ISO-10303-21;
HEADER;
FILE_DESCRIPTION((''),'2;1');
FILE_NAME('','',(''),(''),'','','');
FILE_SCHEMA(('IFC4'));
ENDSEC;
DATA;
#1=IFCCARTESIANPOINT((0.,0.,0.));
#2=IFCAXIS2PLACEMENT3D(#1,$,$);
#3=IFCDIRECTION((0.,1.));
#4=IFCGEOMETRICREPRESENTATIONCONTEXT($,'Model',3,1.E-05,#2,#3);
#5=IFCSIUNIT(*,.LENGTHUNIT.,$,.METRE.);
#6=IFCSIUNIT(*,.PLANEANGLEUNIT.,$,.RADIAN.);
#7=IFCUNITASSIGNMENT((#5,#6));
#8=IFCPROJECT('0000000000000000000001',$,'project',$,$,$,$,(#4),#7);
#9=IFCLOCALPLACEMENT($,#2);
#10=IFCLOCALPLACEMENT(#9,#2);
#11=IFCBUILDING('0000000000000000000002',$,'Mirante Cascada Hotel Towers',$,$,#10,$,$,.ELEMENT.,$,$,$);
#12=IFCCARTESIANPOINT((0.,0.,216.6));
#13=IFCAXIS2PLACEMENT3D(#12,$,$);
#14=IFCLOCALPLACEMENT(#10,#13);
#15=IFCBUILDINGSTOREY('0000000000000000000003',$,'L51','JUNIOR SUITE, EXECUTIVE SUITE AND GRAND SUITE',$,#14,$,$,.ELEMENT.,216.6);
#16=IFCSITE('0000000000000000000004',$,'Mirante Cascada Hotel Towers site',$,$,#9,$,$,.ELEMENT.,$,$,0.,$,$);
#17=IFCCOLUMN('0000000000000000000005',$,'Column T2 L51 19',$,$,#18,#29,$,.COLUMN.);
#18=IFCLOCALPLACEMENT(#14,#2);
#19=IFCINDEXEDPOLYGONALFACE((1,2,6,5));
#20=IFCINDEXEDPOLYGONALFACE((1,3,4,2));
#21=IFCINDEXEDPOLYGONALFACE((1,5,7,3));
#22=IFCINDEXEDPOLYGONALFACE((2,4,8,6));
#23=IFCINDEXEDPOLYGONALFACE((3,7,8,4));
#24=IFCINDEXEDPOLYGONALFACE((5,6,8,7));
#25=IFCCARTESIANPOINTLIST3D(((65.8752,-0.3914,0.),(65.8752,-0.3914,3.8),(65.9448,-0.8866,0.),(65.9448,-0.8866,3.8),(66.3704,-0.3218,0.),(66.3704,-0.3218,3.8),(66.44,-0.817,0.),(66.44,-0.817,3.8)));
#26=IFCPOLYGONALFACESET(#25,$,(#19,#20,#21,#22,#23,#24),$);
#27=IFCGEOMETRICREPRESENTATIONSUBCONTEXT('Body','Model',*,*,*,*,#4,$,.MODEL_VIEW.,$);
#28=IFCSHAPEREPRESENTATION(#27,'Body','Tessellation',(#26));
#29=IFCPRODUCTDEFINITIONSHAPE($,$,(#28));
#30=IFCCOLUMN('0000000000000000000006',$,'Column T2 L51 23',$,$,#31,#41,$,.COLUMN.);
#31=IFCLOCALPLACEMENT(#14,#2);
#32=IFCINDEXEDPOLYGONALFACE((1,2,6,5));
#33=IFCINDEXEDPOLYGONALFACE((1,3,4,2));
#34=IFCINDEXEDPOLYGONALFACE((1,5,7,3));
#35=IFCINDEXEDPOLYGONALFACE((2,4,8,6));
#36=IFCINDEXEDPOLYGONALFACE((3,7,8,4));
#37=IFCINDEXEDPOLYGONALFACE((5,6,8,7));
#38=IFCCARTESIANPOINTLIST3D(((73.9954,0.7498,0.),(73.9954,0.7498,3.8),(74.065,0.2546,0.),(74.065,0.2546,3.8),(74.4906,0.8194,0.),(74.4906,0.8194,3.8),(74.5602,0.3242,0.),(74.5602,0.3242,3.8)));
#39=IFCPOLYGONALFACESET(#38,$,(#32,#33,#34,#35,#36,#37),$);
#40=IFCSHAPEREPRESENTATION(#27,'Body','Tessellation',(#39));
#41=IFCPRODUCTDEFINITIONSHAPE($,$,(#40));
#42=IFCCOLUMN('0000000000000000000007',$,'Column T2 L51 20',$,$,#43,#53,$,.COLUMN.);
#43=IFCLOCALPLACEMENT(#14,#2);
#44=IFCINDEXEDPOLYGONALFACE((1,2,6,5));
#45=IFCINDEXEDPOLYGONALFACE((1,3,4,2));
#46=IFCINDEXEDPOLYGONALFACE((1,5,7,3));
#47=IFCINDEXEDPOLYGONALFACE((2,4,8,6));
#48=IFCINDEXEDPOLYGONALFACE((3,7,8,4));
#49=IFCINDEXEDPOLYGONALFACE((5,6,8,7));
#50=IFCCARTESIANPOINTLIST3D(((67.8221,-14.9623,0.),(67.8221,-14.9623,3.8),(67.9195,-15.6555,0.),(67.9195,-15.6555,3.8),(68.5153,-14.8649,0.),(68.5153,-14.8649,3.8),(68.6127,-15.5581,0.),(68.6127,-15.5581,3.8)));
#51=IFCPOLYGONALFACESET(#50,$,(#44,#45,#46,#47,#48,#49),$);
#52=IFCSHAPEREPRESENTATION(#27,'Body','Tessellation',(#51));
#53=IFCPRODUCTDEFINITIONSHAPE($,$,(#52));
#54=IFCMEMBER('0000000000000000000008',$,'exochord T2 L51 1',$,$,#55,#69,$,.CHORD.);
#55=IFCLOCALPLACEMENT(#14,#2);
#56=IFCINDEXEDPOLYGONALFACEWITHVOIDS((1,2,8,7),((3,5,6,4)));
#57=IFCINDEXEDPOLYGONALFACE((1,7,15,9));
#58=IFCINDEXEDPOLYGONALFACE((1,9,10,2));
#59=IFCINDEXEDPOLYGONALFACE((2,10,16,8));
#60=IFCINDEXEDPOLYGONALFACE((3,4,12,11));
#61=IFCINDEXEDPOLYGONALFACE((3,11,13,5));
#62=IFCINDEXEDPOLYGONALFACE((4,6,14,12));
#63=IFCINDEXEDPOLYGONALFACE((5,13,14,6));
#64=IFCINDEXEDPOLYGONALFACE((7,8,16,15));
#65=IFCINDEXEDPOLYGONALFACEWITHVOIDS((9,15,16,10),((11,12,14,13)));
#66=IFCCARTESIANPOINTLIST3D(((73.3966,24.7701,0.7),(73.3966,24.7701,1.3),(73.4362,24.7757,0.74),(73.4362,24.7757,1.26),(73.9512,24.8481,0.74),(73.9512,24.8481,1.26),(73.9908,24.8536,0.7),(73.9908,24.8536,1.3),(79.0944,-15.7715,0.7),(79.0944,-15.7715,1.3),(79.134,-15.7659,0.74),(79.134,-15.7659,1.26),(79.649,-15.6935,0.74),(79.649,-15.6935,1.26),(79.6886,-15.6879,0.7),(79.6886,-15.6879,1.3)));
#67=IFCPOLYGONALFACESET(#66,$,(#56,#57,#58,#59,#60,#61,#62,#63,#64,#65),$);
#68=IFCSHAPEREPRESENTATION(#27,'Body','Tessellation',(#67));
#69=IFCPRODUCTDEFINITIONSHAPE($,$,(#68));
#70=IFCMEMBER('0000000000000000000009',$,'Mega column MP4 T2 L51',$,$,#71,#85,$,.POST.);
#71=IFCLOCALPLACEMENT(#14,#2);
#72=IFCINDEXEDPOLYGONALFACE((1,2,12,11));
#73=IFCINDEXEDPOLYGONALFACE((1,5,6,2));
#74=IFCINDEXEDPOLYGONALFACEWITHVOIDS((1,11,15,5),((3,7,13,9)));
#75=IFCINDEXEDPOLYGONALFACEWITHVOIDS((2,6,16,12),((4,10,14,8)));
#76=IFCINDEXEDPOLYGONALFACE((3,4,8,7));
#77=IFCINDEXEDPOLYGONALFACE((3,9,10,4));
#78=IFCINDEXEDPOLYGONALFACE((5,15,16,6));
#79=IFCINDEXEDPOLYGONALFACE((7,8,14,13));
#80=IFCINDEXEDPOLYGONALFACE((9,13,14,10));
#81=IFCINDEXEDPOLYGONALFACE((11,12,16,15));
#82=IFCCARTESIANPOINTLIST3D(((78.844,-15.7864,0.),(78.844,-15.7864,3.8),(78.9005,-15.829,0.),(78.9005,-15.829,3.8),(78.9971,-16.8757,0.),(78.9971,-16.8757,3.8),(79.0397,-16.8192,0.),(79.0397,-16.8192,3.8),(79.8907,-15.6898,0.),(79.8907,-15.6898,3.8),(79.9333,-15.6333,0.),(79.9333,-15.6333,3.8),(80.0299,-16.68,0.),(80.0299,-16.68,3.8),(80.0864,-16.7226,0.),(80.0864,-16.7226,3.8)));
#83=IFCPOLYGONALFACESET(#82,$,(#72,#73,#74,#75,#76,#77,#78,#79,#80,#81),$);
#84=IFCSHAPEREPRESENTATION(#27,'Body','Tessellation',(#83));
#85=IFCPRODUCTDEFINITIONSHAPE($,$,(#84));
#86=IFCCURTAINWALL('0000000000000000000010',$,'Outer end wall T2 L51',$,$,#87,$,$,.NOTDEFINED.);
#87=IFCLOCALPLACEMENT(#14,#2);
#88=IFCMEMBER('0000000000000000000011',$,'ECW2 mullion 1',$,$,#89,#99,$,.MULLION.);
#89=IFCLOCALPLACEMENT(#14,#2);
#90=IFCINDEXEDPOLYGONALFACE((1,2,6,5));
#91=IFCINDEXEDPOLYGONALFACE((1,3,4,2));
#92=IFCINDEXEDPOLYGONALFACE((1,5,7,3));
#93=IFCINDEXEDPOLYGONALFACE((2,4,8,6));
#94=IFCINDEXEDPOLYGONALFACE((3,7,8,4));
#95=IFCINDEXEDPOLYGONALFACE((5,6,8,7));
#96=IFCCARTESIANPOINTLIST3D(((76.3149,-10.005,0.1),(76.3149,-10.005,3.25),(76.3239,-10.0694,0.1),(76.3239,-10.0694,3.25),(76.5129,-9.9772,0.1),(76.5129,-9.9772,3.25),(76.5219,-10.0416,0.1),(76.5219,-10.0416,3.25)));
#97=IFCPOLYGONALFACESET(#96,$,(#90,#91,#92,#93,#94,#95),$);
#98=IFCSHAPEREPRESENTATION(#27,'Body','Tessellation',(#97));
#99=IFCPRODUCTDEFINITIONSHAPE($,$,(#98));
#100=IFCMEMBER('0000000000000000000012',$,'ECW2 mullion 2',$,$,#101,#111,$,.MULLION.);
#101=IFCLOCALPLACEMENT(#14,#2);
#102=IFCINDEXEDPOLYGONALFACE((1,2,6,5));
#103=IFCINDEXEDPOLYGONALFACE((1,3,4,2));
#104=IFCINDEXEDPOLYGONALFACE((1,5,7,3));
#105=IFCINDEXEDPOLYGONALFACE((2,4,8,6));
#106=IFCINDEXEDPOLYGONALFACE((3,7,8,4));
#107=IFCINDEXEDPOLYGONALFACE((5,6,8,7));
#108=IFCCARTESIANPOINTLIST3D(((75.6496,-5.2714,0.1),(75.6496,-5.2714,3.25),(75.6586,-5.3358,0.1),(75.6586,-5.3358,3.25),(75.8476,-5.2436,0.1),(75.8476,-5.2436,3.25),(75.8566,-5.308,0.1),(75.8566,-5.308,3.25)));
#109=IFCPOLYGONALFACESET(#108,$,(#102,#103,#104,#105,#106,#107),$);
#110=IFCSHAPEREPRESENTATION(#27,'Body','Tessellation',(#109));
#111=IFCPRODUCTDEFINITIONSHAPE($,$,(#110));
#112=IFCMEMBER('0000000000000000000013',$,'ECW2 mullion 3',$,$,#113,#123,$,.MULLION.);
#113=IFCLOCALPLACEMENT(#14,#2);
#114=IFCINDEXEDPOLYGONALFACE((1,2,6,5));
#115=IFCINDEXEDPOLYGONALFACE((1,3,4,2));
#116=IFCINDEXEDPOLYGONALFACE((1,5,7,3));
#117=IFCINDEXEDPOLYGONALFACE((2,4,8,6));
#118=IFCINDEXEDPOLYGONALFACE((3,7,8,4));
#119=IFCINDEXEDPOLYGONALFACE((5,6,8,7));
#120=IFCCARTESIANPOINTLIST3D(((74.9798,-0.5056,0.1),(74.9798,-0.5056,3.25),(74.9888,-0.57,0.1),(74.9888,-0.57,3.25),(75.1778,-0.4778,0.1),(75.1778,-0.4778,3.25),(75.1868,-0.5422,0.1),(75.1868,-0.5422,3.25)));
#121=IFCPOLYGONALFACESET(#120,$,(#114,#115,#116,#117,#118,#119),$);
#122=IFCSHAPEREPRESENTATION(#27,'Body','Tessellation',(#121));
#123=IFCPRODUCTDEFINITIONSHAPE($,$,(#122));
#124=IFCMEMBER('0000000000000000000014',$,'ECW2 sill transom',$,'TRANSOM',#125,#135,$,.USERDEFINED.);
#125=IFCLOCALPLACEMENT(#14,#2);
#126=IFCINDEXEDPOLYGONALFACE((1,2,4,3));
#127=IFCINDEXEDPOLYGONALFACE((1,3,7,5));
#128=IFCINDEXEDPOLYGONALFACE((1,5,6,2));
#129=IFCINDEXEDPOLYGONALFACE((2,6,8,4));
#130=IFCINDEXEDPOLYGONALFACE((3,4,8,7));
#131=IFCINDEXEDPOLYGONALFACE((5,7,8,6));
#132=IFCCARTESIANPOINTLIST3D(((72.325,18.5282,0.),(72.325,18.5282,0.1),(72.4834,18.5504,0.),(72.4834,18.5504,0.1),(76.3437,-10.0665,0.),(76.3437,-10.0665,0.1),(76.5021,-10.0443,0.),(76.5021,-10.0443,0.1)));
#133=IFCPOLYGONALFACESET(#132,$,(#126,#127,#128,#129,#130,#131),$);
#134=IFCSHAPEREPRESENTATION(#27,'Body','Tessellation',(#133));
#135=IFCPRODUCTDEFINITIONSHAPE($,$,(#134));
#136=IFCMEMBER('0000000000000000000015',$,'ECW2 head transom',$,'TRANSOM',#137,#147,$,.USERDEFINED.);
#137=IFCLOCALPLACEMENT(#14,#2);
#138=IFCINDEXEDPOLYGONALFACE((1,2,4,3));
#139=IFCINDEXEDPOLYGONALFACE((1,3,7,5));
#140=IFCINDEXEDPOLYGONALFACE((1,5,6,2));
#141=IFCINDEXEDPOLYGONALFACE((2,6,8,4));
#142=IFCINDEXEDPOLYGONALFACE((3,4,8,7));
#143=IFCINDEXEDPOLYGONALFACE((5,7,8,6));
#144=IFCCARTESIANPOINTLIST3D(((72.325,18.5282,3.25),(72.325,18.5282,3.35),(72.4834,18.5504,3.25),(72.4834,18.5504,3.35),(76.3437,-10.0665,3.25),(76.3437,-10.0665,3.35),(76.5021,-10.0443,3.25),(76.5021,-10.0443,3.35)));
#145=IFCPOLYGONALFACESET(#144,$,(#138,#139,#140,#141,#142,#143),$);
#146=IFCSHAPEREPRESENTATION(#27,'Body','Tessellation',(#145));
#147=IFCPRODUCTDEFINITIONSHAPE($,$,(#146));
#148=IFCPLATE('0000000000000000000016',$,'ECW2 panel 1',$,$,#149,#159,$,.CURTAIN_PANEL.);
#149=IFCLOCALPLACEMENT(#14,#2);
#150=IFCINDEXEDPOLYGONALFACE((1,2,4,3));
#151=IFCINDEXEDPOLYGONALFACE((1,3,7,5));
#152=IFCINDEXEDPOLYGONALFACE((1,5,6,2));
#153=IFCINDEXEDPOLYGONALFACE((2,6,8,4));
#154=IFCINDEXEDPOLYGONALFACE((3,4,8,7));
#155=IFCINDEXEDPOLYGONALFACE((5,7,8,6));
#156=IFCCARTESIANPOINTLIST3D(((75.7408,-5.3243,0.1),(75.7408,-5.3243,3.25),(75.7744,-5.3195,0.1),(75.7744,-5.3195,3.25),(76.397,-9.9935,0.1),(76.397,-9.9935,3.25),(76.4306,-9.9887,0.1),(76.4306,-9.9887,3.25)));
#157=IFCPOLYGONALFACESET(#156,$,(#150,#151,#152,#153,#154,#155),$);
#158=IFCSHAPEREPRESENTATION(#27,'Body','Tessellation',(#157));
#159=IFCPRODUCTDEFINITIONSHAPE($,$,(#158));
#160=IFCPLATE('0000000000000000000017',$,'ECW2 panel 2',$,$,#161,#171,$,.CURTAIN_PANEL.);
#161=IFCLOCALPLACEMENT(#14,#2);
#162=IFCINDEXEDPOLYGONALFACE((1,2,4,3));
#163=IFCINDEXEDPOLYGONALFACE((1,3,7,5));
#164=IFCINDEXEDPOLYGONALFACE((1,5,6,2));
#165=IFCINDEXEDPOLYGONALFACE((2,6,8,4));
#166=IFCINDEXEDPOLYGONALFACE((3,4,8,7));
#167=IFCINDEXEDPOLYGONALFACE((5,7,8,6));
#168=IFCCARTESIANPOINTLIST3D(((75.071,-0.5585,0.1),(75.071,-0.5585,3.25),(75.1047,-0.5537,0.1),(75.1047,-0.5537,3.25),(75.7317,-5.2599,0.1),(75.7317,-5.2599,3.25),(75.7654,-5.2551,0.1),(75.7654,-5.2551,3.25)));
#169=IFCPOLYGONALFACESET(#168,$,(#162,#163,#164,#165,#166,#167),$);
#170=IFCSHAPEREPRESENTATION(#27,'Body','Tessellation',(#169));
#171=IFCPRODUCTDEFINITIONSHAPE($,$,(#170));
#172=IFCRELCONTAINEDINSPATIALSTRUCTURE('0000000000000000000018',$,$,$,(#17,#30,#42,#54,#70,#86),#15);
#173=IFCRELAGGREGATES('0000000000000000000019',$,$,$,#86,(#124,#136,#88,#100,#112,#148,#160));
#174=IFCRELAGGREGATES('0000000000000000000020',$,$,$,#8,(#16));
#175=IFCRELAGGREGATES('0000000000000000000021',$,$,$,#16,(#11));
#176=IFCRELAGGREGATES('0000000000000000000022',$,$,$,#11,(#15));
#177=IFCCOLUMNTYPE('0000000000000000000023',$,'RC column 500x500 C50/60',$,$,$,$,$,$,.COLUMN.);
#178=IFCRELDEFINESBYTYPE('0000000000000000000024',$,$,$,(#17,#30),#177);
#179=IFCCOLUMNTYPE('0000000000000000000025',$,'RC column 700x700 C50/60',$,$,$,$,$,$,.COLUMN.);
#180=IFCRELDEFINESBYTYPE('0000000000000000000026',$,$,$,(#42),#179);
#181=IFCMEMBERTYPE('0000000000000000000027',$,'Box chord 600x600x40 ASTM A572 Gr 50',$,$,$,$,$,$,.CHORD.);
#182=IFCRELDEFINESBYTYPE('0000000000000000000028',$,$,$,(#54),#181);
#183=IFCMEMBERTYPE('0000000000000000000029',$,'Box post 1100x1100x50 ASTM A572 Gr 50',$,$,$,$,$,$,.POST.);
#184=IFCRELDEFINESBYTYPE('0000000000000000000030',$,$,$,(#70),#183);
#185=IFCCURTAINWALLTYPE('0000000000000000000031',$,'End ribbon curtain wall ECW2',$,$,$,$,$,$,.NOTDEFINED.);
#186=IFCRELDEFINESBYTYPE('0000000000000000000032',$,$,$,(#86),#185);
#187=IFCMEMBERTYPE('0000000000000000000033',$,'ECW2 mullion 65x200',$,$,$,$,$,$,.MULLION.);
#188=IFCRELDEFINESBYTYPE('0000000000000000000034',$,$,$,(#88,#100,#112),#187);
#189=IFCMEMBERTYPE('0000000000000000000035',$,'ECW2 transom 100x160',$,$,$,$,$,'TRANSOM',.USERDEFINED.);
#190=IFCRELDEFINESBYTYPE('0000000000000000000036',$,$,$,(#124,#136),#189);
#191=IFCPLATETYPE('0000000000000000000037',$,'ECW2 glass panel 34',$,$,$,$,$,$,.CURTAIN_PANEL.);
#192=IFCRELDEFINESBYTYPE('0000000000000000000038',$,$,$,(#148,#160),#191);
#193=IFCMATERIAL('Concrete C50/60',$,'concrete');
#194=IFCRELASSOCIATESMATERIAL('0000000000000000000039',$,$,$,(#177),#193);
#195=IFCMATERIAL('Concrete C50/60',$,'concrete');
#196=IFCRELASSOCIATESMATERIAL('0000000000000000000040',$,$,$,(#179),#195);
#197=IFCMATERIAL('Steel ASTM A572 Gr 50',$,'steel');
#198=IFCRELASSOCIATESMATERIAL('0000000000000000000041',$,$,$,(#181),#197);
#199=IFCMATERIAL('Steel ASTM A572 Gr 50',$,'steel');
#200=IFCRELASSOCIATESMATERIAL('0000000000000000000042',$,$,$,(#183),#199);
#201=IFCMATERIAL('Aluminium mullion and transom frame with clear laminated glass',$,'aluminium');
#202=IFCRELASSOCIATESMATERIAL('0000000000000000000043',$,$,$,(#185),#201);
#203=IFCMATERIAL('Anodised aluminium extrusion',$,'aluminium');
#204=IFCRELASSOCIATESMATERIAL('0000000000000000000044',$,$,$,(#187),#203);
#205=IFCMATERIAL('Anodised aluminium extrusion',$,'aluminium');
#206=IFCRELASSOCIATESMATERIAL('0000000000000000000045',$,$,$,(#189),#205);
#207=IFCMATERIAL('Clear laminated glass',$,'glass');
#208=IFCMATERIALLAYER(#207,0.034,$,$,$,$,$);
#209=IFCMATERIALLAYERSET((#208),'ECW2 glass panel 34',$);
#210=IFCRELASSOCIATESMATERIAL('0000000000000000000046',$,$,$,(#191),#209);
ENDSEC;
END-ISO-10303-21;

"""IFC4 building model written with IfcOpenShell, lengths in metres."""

from ifc_helpers import new_model, si_unit, direction, frame, origin, origin_2d, place, context, subcontext, project, spatial, rectangle, hollow_rectangle, extrude, material, layer, layer_set, material_profile, profile_set, type_object, element, aggregate, save


model = new_model("IFC4")

# Units and contexts
model_context = context("Model", 3, precision=1e-05, world=origin(), true_north=direction((0.0, 1.0)))
body_context = subcontext(model_context, "Body", "Model", "MODEL_VIEW")
ifc_project = project(units=[si_unit("LENGTHUNIT", "METRE"), si_unit("PLANEANGLEUNIT", "RADIAN")], contexts=[model_context])

# Site, building, storey
site_placement = place(None, origin())
site = spatial("IfcSite", under=ifc_project, at=site_placement, Name="Mirante Cascada Hotel Towers site", CompositionType="ELEMENT", RefElevation=0.0)
building_placement = place(site_placement, origin())
building = spatial("IfcBuilding", under=site, at=building_placement, Name="Mirante Cascada Hotel Towers", CompositionType="ELEMENT")
storey_placement = place(building_placement, frame((0.0, 0.0, 216.6)))
storey = spatial("IfcBuildingStorey", under=building, at=storey_placement, Name="L51", Description="JUNIOR SUITE, EXECUTIVE SUITE AND GRAND SUITE", CompositionType="ELEMENT", Elevation=216.6)

# Columns
ifc_material_1 = material(Name="Concrete C50/60", Category="concrete")
ifc_material_profile_1 = material_profile(ifc_material_1, rectangle(XDim=0.5, YDim=0.5, at=origin_2d()), Name="RC column 500x500 C50/60")
ifc_profile_set_1 = profile_set([ifc_material_profile_1], Name="Concrete C50/60")
column_type_1 = type_object("IfcColumnType", Name="RC column 500x500 C50/60", PredefinedType="COLUMN", material=ifc_profile_set_1)
for number, where, z_axis, x_axis, name in (
    (1, (66.1576, -0.6042, 0.0), (0.0, 0.0, 1.0), (0.990268, 0.139173, 0.0), "Column T2 L51 19"),
    (2, (74.2778, 0.537, 0.0), (0.0, 0.0, 1.0), (0.990268, 0.139173, 0.0), "Column T2 L51 23"),
):
    element("IfcColumn", number, at=place(storey_placement, frame(where, z_axis=z_axis, x_axis=x_axis)), inside=storey, type_object=column_type_1, Name=name, PredefinedType="COLUMN", context=body_context, shape_type="SweptSolid", body=[
        extrude(rectangle(XDim=0.5, YDim=0.5, at=origin_2d()), origin(), (0.0, 0.0, 1.0), 3.8),
    ])
ifc_material_2 = material(Name="Concrete C50/60", Category="concrete")
ifc_material_profile_2 = material_profile(ifc_material_2, rectangle(XDim=0.7, YDim=0.7, at=origin_2d()), Name="RC column 700x700 C50/60")
ifc_profile_set_2 = profile_set([ifc_material_profile_2], Name="Concrete C50/60")
column_type_2 = type_object("IfcColumnType", Name="RC column 700x700 C50/60", PredefinedType="COLUMN", material=ifc_profile_set_2)
column_placement = place(storey_placement, frame((68.2174, -15.2602, 0.0), z_axis=(0.0, 0.0, 1.0), x_axis=(0.990268, 0.139173, 0.0)))
element("IfcColumn", 3, at=column_placement, inside=storey, type_object=column_type_2, Name="Column T2 L51 20", PredefinedType="COLUMN", context=body_context, shape_type="SweptSolid", body=[
    extrude(rectangle(XDim=0.7, YDim=0.7, at=origin_2d()), origin(), (0.0, 0.0, 1.0), 3.8),
])

# Members
ifc_material_3 = material(Name="Steel ASTM A572 Gr 50", Category="steel")
ifc_material_profile_3 = material_profile(ifc_material_3, hollow_rectangle(XDim=0.6, YDim=0.6, WallThickness=0.04, at=origin_2d()), Name="Box chord 600x600x40 ASTM A572 Gr 50")
ifc_profile_set_3 = profile_set([ifc_material_profile_3], Name="Steel ASTM A572 Gr 50")
member_type_1 = type_object("IfcMemberType", Name="Box chord 600x600x40 ASTM A572 Gr 50", PredefinedType="CHORD", material=ifc_profile_set_3)
member_1_placement = place(storey_placement, frame((79.3915, -15.7297, 1.0), z_axis=(-0.139174, 0.990268, 0.0), x_axis=(-0.990268, -0.139174, 0.0)))
element("IfcMember", 4, at=member_1_placement, inside=storey, type_object=member_type_1, Name="exochord T2 L51 1", PredefinedType="CHORD", context=body_context, shape_type="SweptSolid", body=[
    extrude(hollow_rectangle(XDim=0.6, YDim=0.6, WallThickness=0.04, at=origin_2d()), origin(), (0.0, 0.0, 1.0), 40.94),
])
ifc_material_4 = material(Name="Steel ASTM A572 Gr 50", Category="steel")
ifc_material_profile_4 = material_profile(ifc_material_4, hollow_rectangle(XDim=1.1, YDim=1.1, WallThickness=0.05, at=origin_2d()), Name="Box post 1100x1100x50 ASTM A572 Gr 50")
ifc_profile_set_4 = profile_set([ifc_material_profile_4], Name="Steel ASTM A572 Gr 50")
member_type_2 = type_object("IfcMemberType", Name="Box post 1100x1100x50 ASTM A572 Gr 50", PredefinedType="POST", material=ifc_profile_set_4)
member_2_placement = place(storey_placement, frame((79.4652, -16.2545, 0.0), z_axis=(0.0, 0.0, 1.0), x_axis=(0.990268, 0.139173, 0.0)))
element("IfcMember", 5, at=member_2_placement, inside=storey, type_object=member_type_2, Name="Mega column MP4 T2 L51", PredefinedType="POST", context=body_context, shape_type="SweptSolid", body=[
    extrude(hollow_rectangle(XDim=1.1, YDim=1.1, WallThickness=0.05, at=origin_2d()), origin(), (0.0, 0.0, 1.0), 3.8),
])

# Curtain wall, members, plates
ifc_material_5 = material(Name="Aluminium mullion and transom frame with clear laminated glass", Category="aluminium")
curtain_wall_type = type_object("IfcCurtainWallType", Name="End ribbon curtain wall ECW2", PredefinedType="NOTDEFINED", material=ifc_material_5)
curtain_wall_placement = place(storey_placement, origin())
curtain_wall = element("IfcCurtainWall", 6, at=curtain_wall_placement, inside=storey, type_object=curtain_wall_type, Name="Outer end wall T2 L51", PredefinedType="NOTDEFINED")
ifc_material_6 = material(Name="Anodised aluminium extrusion", Category="aluminium")
ifc_material_profile_5 = material_profile(ifc_material_6, rectangle(XDim=0.2, YDim=0.065, at=origin_2d()), Name="ECW2 MULLION 65x200")
ifc_profile_set_5 = profile_set([ifc_material_profile_5], Name="Anodised aluminium extrusion")
member_type_3 = type_object("IfcMemberType", Name="ECW2 mullion 65x200", PredefinedType="MULLION", material=ifc_profile_set_5)
member_3_placement = place(storey_placement, frame((76.4184, -10.0233, 0.1), z_axis=(0.0, 0.0, 1.0), x_axis=(-0.990268, -0.139173, 0.0)))
member_3 = element("IfcMember", 7, at=member_3_placement, type_object=member_type_3, Name="ECW2 mullion 1", PredefinedType="MULLION", context=body_context, shape_type="SweptSolid", body=[
    extrude(rectangle(XDim=0.2, YDim=0.065, at=origin_2d()), origin(), (0.0, 0.0, 1.0), 3.15),
])
member_4_placement = place(storey_placement, frame((75.7531, -5.2897, 0.1), z_axis=(0.0, 0.0, 1.0), x_axis=(-0.990268, -0.139173, 0.0)))
member_4 = element("IfcMember", 8, at=member_4_placement, type_object=member_type_3, Name="ECW2 mullion 2", PredefinedType="MULLION", context=body_context, shape_type="SweptSolid", body=[
    extrude(rectangle(XDim=0.2, YDim=0.065, at=origin_2d()), origin(), (0.0, 0.0, 1.0), 3.15),
])
member_5_placement = place(storey_placement, frame((75.0833, -0.5239, 0.1), z_axis=(0.0, 0.0, 1.0), x_axis=(-0.990268, -0.139173, 0.0)))
member_5 = element("IfcMember", 9, at=member_5_placement, type_object=member_type_3, Name="ECW2 mullion 3", PredefinedType="MULLION", context=body_context, shape_type="SweptSolid", body=[
    extrude(rectangle(XDim=0.2, YDim=0.065, at=origin_2d()), origin(), (0.0, 0.0, 1.0), 3.15),
])
ifc_material_7 = material(Name="Anodised aluminium extrusion", Category="aluminium")
ifc_material_profile_6 = material_profile(ifc_material_7, rectangle(XDim=0.16, YDim=0.1, at=origin_2d()), Name="ECW2 TRANSOM 100x160")
ifc_profile_set_6 = profile_set([ifc_material_profile_6], Name="Anodised aluminium extrusion")
member_type_4 = type_object("IfcMemberType", Name="ECW2 transom 100x160", ElementType="TRANSOM", PredefinedType="USERDEFINED", material=ifc_profile_set_6)
member_6_placement = place(storey_placement, frame((76.4229, -10.0554, 0.05), z_axis=(-0.139172, 0.990268, 0.0), x_axis=(-0.990268, -0.139172, 0.0)))
member_6 = element("IfcMember", 10, at=member_6_placement, type_object=member_type_4, Name="ECW2 sill transom", ObjectType="TRANSOM", PredefinedType="USERDEFINED", context=body_context, shape_type="SweptSolid", body=[
    extrude(rectangle(XDim=0.16, YDim=0.1, at=origin_2d()), origin(), (0.0, 0.0, 1.0), 28.8757),
])
member_7_placement = place(storey_placement, frame((76.4229, -10.0554, 3.3), z_axis=(-0.139172, 0.990268, 0.0), x_axis=(-0.990268, -0.139172, 0.0)))
member_7 = element("IfcMember", 11, at=member_7_placement, type_object=member_type_4, Name="ECW2 head transom", ObjectType="TRANSOM", PredefinedType="USERDEFINED", context=body_context, shape_type="SweptSolid", body=[
    extrude(rectangle(XDim=0.16, YDim=0.1, at=origin_2d()), origin(), (0.0, 0.0, 1.0), 28.8757),
])
ifc_material_8 = material(Name="Clear laminated glass", Category="glass")
ifc_layer_1 = layer(ifc_material_8, 0.034)
ifc_layer_set_1 = layer_set([ifc_layer_1], Name="ECW2 glass panel 34")
plate_type = type_object("IfcPlateType", Name="ECW2 glass panel 34", PredefinedType="CURTAIN_PANEL", material=ifc_layer_set_1)
plate_1_placement = place(storey_placement, frame((76.0857, -7.6565, 0.1), z_axis=(0.0, 0.0, 1.0), x_axis=(-0.139173, 0.990268, 0.0)))
plate_1 = element("IfcPlate", 12, at=plate_1_placement, type_object=plate_type, Name="ECW2 panel 1", PredefinedType="CURTAIN_PANEL", context=body_context, shape_type="SweptSolid", body=[
    extrude(rectangle(XDim=4.7151, YDim=0.034, at=origin_2d()), origin(), (0.0, 0.0, 1.0), 3.15),
])
plate_2_placement = place(storey_placement, frame((75.4182, -2.9068, 0.1), z_axis=(0.0, 0.0, 1.0), x_axis=(-0.139173, 0.990268, 0.0)))
plate_2 = element("IfcPlate", 13, at=plate_2_placement, type_object=plate_type, Name="ECW2 panel 2", PredefinedType="CURTAIN_PANEL", context=body_context, shape_type="SweptSolid", body=[
    extrude(rectangle(XDim=4.7476, YDim=0.034, at=origin_2d()), origin(), (0.0, 0.0, 1.0), 3.15),
])
aggregate(curtain_wall, [member_6, member_7, member_3, member_4, member_5, plate_1, plate_2])

save(model, "model.ifc")
